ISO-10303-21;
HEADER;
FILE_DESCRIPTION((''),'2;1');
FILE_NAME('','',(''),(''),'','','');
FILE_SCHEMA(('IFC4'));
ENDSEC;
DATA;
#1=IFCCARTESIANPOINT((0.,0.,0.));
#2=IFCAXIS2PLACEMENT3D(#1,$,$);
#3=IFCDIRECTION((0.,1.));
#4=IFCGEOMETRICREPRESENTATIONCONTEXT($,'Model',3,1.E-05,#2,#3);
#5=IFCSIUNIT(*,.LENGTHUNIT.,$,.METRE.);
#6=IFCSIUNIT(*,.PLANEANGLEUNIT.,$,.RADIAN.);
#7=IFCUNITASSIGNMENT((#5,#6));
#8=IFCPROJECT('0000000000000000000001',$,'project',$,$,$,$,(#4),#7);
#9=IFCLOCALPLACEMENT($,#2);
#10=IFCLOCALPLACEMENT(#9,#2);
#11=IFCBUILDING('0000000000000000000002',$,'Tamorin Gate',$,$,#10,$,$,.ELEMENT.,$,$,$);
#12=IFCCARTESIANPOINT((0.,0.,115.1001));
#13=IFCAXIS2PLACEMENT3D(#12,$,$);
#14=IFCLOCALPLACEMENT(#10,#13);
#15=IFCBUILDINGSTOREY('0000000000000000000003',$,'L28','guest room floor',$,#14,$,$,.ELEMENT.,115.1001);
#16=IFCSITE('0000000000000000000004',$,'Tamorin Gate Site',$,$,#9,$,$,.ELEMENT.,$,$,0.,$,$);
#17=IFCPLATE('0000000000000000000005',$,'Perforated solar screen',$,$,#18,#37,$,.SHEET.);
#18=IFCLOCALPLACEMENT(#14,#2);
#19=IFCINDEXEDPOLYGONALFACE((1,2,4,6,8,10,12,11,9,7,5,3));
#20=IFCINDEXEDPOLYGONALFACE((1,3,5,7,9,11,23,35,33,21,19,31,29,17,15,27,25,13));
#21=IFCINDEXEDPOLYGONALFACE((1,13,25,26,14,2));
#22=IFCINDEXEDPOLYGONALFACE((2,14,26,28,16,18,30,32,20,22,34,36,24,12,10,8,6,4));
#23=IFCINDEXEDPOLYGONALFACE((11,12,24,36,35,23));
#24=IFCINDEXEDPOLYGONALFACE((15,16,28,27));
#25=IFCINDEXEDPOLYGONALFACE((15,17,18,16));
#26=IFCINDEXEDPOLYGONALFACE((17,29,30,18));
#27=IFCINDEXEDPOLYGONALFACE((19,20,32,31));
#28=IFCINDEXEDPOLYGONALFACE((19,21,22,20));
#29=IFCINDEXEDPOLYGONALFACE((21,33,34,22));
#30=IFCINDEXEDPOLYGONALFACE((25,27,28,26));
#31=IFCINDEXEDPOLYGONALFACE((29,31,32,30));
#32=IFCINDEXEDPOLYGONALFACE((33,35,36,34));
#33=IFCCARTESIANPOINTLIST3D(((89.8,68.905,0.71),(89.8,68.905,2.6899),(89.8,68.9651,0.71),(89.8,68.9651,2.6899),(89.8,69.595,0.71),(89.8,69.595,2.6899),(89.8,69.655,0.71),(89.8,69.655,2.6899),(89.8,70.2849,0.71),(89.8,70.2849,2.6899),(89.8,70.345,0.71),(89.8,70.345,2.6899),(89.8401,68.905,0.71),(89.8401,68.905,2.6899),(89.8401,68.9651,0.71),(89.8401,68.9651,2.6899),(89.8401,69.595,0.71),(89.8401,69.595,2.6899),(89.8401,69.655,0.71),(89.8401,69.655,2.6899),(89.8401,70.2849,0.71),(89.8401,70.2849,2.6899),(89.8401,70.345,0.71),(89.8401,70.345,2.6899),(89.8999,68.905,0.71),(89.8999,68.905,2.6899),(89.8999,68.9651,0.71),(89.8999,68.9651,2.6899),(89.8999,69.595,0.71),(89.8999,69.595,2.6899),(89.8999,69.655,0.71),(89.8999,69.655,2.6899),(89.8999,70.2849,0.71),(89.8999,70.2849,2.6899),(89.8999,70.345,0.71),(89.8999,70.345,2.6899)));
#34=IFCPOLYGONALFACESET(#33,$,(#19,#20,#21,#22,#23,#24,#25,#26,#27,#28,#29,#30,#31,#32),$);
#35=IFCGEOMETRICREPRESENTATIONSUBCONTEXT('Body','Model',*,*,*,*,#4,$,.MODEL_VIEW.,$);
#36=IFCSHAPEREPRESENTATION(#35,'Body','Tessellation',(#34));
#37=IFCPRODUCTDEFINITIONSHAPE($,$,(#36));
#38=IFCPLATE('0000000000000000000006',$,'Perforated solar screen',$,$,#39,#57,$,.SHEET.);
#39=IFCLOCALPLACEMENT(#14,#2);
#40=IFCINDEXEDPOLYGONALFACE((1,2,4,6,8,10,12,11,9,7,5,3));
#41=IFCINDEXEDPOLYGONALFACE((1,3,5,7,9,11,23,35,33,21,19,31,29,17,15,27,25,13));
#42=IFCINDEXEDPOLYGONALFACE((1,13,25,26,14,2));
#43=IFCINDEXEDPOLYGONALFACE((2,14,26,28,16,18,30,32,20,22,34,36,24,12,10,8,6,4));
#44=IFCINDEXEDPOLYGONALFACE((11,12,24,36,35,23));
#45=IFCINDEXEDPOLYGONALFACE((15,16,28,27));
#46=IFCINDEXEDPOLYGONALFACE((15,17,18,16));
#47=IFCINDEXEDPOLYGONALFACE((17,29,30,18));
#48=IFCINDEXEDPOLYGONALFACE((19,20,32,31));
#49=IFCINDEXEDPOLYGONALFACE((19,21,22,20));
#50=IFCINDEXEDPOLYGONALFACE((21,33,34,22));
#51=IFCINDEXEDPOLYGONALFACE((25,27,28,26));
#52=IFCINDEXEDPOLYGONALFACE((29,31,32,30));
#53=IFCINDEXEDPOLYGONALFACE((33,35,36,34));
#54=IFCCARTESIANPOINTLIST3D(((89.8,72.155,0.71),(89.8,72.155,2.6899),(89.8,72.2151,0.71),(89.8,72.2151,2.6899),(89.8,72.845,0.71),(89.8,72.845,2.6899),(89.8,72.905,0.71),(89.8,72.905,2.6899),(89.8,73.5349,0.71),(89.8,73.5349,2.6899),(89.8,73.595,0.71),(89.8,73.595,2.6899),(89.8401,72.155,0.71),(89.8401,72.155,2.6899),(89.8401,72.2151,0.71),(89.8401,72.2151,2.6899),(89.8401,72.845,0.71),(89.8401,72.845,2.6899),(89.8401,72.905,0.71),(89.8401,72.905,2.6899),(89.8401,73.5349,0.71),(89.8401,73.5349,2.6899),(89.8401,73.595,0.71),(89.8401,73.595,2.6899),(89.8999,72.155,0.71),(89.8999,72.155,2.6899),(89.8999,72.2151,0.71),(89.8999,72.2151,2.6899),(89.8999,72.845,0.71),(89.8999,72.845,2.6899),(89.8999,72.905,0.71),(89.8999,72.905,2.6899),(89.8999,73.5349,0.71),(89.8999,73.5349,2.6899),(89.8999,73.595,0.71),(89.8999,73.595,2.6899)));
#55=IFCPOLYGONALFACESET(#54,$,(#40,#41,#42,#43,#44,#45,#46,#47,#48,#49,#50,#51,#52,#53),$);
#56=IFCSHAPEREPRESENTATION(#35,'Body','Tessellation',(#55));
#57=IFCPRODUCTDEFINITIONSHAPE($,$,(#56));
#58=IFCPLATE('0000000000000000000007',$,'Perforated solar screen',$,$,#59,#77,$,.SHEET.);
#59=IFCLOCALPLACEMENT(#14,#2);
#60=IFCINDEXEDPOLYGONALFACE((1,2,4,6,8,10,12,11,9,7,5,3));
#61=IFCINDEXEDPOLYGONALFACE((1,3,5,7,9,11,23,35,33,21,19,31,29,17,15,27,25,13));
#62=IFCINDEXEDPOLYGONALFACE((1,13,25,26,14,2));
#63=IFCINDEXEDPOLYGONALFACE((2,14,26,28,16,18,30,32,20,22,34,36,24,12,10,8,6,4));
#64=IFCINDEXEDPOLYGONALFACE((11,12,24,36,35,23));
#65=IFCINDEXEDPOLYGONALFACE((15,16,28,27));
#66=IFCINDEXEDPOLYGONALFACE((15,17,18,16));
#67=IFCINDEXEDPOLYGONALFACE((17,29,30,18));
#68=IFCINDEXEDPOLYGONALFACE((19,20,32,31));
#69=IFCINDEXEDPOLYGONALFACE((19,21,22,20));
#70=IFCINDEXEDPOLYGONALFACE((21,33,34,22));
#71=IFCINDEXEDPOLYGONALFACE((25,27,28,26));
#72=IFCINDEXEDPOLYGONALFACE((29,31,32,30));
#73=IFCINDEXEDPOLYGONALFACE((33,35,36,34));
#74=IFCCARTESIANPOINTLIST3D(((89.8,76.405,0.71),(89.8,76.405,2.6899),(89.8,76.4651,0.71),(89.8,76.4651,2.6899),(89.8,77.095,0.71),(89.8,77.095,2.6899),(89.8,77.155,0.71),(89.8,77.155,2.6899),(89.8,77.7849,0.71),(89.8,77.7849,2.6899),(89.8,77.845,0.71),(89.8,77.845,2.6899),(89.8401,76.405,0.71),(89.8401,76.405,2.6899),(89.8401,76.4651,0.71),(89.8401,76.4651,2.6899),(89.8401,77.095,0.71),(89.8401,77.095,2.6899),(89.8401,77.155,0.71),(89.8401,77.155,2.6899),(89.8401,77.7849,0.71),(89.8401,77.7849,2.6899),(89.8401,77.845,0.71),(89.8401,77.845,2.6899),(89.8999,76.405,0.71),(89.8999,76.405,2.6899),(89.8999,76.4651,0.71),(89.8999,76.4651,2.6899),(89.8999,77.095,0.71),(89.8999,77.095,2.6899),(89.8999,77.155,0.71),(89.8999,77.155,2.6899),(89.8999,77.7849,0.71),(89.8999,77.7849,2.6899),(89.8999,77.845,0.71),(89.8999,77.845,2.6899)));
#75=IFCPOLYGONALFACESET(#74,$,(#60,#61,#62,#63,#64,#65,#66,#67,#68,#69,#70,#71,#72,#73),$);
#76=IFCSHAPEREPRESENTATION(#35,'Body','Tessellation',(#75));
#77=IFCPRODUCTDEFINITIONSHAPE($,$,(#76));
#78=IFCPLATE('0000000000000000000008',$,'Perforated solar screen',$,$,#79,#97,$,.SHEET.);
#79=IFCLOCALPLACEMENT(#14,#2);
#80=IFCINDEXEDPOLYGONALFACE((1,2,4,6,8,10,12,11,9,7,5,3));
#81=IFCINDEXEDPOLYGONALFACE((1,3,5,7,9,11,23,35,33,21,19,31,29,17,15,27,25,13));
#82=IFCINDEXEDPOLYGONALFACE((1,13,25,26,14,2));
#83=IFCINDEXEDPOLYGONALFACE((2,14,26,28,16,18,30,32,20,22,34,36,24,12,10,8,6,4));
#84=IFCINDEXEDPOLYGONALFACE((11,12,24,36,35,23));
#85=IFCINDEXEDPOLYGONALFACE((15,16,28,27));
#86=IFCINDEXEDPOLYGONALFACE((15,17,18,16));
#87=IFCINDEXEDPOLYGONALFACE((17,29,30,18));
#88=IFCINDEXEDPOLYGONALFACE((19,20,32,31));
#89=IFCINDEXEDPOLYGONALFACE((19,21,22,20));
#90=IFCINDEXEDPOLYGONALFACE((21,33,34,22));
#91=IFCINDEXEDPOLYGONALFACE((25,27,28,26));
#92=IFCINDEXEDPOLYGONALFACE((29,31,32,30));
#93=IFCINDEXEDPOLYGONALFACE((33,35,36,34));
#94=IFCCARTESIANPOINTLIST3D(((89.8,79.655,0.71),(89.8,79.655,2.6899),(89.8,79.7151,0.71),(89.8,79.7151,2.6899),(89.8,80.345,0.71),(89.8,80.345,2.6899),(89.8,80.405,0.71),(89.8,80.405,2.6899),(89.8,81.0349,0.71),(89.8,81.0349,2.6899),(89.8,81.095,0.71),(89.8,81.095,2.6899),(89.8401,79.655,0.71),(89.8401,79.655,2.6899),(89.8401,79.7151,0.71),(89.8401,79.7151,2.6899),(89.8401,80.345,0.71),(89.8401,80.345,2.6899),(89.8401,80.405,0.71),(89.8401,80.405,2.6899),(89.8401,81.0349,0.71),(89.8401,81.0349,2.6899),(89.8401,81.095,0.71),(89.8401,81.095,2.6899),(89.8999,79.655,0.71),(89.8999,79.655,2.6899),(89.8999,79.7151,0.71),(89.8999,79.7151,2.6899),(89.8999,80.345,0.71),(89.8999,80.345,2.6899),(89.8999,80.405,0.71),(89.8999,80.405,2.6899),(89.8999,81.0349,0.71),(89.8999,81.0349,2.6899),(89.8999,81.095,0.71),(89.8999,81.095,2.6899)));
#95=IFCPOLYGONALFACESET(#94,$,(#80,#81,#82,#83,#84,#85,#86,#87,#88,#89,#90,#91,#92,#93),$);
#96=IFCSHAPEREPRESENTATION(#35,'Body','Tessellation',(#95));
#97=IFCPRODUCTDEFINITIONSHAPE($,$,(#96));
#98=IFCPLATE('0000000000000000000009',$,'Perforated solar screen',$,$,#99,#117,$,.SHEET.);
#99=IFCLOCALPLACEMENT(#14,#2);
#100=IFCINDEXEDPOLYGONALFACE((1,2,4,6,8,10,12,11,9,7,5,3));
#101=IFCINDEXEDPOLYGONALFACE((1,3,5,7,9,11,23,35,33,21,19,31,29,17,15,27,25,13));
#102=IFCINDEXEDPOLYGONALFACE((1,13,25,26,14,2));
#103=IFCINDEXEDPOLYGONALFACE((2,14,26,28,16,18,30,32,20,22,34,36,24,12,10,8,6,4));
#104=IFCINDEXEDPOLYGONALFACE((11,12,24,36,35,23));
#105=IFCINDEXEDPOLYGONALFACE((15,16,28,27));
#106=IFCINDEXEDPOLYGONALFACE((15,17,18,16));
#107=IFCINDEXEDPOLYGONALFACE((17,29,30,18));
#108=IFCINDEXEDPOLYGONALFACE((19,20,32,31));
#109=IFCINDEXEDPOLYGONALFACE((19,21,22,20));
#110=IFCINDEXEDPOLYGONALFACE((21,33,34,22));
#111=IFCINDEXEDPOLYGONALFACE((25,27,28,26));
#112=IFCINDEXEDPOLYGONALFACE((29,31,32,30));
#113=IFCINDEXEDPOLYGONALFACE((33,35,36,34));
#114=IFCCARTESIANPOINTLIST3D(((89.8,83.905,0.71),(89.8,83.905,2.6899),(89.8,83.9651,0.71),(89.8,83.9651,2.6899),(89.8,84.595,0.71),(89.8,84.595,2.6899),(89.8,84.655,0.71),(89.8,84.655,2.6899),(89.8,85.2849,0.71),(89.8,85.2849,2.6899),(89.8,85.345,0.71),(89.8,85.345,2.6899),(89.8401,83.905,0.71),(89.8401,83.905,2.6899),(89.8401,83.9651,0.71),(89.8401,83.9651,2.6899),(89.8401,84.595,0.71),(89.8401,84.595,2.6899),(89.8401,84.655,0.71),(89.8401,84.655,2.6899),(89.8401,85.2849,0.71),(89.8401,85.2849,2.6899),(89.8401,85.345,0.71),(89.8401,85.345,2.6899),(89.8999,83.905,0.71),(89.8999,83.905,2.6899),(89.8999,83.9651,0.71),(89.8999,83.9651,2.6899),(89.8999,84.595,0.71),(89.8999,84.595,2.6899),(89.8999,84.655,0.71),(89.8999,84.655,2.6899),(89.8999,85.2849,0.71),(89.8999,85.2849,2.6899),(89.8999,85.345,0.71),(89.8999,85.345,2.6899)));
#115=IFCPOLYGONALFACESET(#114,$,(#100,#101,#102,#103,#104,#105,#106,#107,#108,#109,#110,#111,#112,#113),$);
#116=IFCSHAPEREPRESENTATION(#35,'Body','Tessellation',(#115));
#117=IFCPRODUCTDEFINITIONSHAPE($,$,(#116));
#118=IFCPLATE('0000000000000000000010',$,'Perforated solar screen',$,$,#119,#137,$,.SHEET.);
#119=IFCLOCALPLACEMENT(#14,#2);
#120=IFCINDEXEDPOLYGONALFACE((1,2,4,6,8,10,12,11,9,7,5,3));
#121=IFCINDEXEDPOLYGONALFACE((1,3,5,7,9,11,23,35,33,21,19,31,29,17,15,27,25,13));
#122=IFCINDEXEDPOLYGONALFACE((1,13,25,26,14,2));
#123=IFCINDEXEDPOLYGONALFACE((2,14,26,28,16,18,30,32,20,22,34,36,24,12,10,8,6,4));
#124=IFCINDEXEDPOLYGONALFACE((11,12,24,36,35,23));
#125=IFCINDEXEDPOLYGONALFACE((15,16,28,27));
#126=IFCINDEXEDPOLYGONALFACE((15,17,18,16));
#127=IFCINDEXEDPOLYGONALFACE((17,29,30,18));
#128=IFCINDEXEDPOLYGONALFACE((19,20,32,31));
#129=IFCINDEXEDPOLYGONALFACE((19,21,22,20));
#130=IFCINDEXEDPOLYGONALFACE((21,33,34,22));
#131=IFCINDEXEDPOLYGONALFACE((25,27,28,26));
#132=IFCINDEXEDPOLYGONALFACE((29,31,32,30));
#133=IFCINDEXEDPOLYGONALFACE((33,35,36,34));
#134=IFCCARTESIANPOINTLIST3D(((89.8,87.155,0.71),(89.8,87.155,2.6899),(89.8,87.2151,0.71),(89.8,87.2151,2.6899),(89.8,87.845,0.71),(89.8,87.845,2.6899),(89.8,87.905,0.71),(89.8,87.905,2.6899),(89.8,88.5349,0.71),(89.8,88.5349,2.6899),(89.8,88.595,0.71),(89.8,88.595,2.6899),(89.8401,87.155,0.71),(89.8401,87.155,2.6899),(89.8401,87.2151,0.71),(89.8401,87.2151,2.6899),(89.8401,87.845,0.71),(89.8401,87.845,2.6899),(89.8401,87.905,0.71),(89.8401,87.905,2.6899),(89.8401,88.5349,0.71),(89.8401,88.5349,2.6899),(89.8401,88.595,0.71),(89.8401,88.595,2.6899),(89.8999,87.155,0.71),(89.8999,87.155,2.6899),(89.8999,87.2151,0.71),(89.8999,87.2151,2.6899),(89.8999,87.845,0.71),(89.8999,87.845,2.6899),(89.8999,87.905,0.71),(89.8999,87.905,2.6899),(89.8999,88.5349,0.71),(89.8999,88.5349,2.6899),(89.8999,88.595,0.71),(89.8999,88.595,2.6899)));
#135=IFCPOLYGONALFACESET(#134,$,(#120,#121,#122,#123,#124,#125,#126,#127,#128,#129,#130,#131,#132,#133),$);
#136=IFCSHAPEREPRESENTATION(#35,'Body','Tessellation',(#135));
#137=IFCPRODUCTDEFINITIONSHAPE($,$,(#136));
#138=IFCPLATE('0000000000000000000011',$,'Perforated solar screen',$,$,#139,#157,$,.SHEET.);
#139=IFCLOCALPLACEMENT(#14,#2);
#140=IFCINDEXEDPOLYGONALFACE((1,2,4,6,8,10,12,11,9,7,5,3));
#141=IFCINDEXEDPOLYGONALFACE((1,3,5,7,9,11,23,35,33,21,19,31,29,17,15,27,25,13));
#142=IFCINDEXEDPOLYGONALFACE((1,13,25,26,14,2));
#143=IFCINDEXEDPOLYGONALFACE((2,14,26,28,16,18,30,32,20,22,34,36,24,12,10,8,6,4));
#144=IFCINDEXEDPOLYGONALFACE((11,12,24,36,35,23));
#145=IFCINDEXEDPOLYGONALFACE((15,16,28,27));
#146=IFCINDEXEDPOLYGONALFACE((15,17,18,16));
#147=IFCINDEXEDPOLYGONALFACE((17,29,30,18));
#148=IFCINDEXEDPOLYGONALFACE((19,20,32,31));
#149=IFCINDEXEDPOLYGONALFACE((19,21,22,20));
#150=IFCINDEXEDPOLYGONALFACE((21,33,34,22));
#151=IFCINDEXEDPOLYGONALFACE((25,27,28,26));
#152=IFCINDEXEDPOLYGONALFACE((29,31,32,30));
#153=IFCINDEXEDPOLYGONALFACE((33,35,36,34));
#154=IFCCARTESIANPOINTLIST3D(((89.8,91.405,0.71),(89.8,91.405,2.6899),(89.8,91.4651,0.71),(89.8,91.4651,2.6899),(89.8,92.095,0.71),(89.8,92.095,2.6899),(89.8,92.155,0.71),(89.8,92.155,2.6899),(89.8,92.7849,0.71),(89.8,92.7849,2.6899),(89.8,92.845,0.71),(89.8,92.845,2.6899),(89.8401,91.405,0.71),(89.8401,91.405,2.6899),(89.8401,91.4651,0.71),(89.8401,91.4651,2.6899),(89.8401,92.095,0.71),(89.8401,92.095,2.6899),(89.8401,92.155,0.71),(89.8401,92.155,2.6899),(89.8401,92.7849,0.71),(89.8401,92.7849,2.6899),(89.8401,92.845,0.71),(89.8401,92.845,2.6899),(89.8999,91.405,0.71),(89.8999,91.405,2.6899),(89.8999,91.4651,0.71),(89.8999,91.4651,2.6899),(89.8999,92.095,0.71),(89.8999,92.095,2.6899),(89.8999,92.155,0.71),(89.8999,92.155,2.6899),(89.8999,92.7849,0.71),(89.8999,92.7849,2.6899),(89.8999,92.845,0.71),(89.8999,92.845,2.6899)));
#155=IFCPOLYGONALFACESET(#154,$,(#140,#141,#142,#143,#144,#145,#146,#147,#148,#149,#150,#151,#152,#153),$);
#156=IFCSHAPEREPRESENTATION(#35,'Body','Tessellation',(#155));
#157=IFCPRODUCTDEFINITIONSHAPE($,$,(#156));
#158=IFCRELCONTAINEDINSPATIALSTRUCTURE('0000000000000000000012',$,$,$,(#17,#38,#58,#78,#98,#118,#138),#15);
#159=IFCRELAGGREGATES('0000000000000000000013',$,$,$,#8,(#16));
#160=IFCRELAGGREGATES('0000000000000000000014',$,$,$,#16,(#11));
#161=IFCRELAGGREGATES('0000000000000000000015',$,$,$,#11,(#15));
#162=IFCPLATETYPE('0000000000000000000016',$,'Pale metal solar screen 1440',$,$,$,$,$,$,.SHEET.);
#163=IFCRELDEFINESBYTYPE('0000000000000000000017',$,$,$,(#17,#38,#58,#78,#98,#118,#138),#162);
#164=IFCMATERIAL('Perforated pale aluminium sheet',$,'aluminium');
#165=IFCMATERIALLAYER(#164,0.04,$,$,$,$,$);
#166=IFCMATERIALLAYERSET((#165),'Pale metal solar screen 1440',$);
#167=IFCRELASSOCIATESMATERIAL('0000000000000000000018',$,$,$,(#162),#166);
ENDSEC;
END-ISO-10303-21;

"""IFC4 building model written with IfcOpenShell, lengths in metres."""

from ifc_helpers import new_model, si_unit, direction, frame, origin, place, context, subcontext, project, spatial, polyline, outline, extrude, material, layer, layer_set, type_object, element, save


model = new_model("IFC4")

# Units and contexts
model_context = context("Model", 3, precision=1e-05, world=origin(), true_north=direction((0.0, 1.0)))
body_context = subcontext(model_context, "Body", "Model", "MODEL_VIEW")
ifc_project = project(units=[si_unit("LENGTHUNIT", "METRE"), si_unit("PLANEANGLEUNIT", "RADIAN")], contexts=[model_context])

# Site, building, storey
site_placement = place(None, origin())
site = spatial("IfcSite", under=ifc_project, at=site_placement, Name="Tamorin Gate Site", CompositionType="ELEMENT", RefElevation=0.0)
building_placement = place(site_placement, origin())
building = spatial("IfcBuilding", under=site, at=building_placement, Name="Tamorin Gate", CompositionType="ELEMENT")
storey_placement = place(building_placement, frame((0.0, 0.0, 115.1001)))
storey = spatial("IfcBuildingStorey", under=building, at=storey_placement, Name="L28", Description="guest room floor", CompositionType="ELEMENT", Elevation=115.1001)

# Plates
ifc_material = material(Name="Perforated pale aluminium sheet", Category="aluminium")
ifc_layer = layer(ifc_material, 0.04)
ifc_layer_set = layer_set([ifc_layer], Name="Pale metal solar screen 1440")
plate_type = type_object("IfcPlateType", Name="Pale metal solar screen 1440", PredefinedType="SHEET", material=ifc_layer_set)
plate_1_placement = place(storey_placement, frame((0.0, 0.0, 0.71)))
element("IfcPlate", 1, at=plate_1_placement, inside=storey, type_object=plate_type, Name="Perforated solar screen", PredefinedType="SHEET", context=body_context, shape_type="SweptSolid", body=[
    extrude(outline(polyline([(89.8401, 68.905), (89.8, 68.905), (89.8, 68.9651), (89.8, 69.595), (89.8, 69.655), (89.8, 70.2849), (89.8, 70.345), (89.8401, 70.345), (89.8999, 70.345), (89.8999, 70.2849), (89.8401, 70.2849), (89.8401, 69.655), (89.8999, 69.655), (89.8999, 69.595), (89.8401, 69.595), (89.8401, 68.9651), (89.8999, 68.9651), (89.8999, 68.905), (89.8401, 68.905)])), origin(), (0.0, 0.0, 1.0), 1.98),
])
plate_2_placement = place(storey_placement, frame((0.0, 0.0, 0.71)))
element("IfcPlate", 2, at=plate_2_placement, inside=storey, type_object=plate_type, Name="Perforated solar screen", PredefinedType="SHEET", context=body_context, shape_type="SweptSolid", body=[
    extrude(outline(polyline([(89.8401, 72.155), (89.8, 72.155), (89.8, 72.2151), (89.8, 72.845), (89.8, 72.905), (89.8, 73.5349), (89.8, 73.595), (89.8401, 73.595), (89.8999, 73.595), (89.8999, 73.5349), (89.8401, 73.5349), (89.8401, 72.905), (89.8999, 72.905), (89.8999, 72.845), (89.8401, 72.845), (89.8401, 72.2151), (89.8999, 72.2151), (89.8999, 72.155), (89.8401, 72.155)])), origin(), (0.0, 0.0, 1.0), 1.98),
])
plate_3_placement = place(storey_placement, frame((0.0, 0.0, 0.71)))
element("IfcPlate", 3, at=plate_3_placement, inside=storey, type_object=plate_type, Name="Perforated solar screen", PredefinedType="SHEET", context=body_context, shape_type="SweptSolid", body=[
    extrude(outline(polyline([(89.8401, 76.405), (89.8, 76.405), (89.8, 76.4651), (89.8, 77.095), (89.8, 77.155), (89.8, 77.7849), (89.8, 77.845), (89.8401, 77.845), (89.8999, 77.845), (89.8999, 77.7849), (89.8401, 77.7849), (89.8401, 77.155), (89.8999, 77.155), (89.8999, 77.095), (89.8401, 77.095), (89.8401, 76.4651), (89.8999, 76.4651), (89.8999, 76.405), (89.8401, 76.405)])), origin(), (0.0, 0.0, 1.0), 1.98),
])
plate_4_placement = place(storey_placement, frame((0.0, 0.0, 0.71)))
element("IfcPlate", 4, at=plate_4_placement, inside=storey, type_object=plate_type, Name="Perforated solar screen", PredefinedType="SHEET", context=body_context, shape_type="SweptSolid", body=[
    extrude(outline(polyline([(89.8401, 79.655), (89.8, 79.655), (89.8, 79.7151), (89.8, 80.345), (89.8, 80.405), (89.8, 81.0349), (89.8, 81.095), (89.8401, 81.095), (89.8999, 81.095), (89.8999, 81.0349), (89.8401, 81.0349), (89.8401, 80.405), (89.8999, 80.405), (89.8999, 80.345), (89.8401, 80.345), (89.8401, 79.7151), (89.8999, 79.7151), (89.8999, 79.655), (89.8401, 79.655)])), origin(), (0.0, 0.0, 1.0), 1.98),
])
plate_5_placement = place(storey_placement, frame((0.0, 0.0, 0.71)))
element("IfcPlate", 5, at=plate_5_placement, inside=storey, type_object=plate_type, Name="Perforated solar screen", PredefinedType="SHEET", context=body_context, shape_type="SweptSolid", body=[
    extrude(outline(polyline([(89.8401, 83.905), (89.8, 83.905), (89.8, 83.9651), (89.8, 84.595), (89.8, 84.655), (89.8, 85.2849), (89.8, 85.345), (89.8401, 85.345), (89.8999, 85.345), (89.8999, 85.2849), (89.8401, 85.2849), (89.8401, 84.655), (89.8999, 84.655), (89.8999, 84.595), (89.8401, 84.595), (89.8401, 83.9651), (89.8999, 83.9651), (89.8999, 83.905), (89.8401, 83.905)])), origin(), (0.0, 0.0, 1.0), 1.98),
])
plate_6_placement = place(storey_placement, frame((0.0, 0.0, 0.71)))
element("IfcPlate", 6, at=plate_6_placement, inside=storey, type_object=plate_type, Name="Perforated solar screen", PredefinedType="SHEET", context=body_context, shape_type="SweptSolid", body=[
    extrude(outline(polyline([(89.8401, 87.155), (89.8, 87.155), (89.8, 87.2151), (89.8, 87.845), (89.8, 87.905), (89.8, 88.5349), (89.8, 88.595), (89.8401, 88.595), (89.8999, 88.595), (89.8999, 88.5349), (89.8401, 88.5349), (89.8401, 87.905), (89.8999, 87.905), (89.8999, 87.845), (89.8401, 87.845), (89.8401, 87.2151), (89.8999, 87.2151), (89.8999, 87.155), (89.8401, 87.155)])), origin(), (0.0, 0.0, 1.0), 1.98),
])
plate_7_placement = place(storey_placement, frame((0.0, 0.0, 0.71)))
element("IfcPlate", 7, at=plate_7_placement, inside=storey, type_object=plate_type, Name="Perforated solar screen", PredefinedType="SHEET", context=body_context, shape_type="SweptSolid", body=[
    extrude(outline(polyline([(89.8401, 91.405), (89.8, 91.405), (89.8, 91.4651), (89.8, 92.095), (89.8, 92.155), (89.8, 92.7849), (89.8, 92.845), (89.8401, 92.845), (89.8999, 92.845), (89.8999, 92.7849), (89.8401, 92.7849), (89.8401, 92.155), (89.8999, 92.155), (89.8999, 92.095), (89.8401, 92.095), (89.8401, 91.4651), (89.8999, 91.4651), (89.8999, 91.405), (89.8401, 91.405)])), origin(), (0.0, 0.0, 1.0), 1.98),
])

save(model, "model.ifc")
